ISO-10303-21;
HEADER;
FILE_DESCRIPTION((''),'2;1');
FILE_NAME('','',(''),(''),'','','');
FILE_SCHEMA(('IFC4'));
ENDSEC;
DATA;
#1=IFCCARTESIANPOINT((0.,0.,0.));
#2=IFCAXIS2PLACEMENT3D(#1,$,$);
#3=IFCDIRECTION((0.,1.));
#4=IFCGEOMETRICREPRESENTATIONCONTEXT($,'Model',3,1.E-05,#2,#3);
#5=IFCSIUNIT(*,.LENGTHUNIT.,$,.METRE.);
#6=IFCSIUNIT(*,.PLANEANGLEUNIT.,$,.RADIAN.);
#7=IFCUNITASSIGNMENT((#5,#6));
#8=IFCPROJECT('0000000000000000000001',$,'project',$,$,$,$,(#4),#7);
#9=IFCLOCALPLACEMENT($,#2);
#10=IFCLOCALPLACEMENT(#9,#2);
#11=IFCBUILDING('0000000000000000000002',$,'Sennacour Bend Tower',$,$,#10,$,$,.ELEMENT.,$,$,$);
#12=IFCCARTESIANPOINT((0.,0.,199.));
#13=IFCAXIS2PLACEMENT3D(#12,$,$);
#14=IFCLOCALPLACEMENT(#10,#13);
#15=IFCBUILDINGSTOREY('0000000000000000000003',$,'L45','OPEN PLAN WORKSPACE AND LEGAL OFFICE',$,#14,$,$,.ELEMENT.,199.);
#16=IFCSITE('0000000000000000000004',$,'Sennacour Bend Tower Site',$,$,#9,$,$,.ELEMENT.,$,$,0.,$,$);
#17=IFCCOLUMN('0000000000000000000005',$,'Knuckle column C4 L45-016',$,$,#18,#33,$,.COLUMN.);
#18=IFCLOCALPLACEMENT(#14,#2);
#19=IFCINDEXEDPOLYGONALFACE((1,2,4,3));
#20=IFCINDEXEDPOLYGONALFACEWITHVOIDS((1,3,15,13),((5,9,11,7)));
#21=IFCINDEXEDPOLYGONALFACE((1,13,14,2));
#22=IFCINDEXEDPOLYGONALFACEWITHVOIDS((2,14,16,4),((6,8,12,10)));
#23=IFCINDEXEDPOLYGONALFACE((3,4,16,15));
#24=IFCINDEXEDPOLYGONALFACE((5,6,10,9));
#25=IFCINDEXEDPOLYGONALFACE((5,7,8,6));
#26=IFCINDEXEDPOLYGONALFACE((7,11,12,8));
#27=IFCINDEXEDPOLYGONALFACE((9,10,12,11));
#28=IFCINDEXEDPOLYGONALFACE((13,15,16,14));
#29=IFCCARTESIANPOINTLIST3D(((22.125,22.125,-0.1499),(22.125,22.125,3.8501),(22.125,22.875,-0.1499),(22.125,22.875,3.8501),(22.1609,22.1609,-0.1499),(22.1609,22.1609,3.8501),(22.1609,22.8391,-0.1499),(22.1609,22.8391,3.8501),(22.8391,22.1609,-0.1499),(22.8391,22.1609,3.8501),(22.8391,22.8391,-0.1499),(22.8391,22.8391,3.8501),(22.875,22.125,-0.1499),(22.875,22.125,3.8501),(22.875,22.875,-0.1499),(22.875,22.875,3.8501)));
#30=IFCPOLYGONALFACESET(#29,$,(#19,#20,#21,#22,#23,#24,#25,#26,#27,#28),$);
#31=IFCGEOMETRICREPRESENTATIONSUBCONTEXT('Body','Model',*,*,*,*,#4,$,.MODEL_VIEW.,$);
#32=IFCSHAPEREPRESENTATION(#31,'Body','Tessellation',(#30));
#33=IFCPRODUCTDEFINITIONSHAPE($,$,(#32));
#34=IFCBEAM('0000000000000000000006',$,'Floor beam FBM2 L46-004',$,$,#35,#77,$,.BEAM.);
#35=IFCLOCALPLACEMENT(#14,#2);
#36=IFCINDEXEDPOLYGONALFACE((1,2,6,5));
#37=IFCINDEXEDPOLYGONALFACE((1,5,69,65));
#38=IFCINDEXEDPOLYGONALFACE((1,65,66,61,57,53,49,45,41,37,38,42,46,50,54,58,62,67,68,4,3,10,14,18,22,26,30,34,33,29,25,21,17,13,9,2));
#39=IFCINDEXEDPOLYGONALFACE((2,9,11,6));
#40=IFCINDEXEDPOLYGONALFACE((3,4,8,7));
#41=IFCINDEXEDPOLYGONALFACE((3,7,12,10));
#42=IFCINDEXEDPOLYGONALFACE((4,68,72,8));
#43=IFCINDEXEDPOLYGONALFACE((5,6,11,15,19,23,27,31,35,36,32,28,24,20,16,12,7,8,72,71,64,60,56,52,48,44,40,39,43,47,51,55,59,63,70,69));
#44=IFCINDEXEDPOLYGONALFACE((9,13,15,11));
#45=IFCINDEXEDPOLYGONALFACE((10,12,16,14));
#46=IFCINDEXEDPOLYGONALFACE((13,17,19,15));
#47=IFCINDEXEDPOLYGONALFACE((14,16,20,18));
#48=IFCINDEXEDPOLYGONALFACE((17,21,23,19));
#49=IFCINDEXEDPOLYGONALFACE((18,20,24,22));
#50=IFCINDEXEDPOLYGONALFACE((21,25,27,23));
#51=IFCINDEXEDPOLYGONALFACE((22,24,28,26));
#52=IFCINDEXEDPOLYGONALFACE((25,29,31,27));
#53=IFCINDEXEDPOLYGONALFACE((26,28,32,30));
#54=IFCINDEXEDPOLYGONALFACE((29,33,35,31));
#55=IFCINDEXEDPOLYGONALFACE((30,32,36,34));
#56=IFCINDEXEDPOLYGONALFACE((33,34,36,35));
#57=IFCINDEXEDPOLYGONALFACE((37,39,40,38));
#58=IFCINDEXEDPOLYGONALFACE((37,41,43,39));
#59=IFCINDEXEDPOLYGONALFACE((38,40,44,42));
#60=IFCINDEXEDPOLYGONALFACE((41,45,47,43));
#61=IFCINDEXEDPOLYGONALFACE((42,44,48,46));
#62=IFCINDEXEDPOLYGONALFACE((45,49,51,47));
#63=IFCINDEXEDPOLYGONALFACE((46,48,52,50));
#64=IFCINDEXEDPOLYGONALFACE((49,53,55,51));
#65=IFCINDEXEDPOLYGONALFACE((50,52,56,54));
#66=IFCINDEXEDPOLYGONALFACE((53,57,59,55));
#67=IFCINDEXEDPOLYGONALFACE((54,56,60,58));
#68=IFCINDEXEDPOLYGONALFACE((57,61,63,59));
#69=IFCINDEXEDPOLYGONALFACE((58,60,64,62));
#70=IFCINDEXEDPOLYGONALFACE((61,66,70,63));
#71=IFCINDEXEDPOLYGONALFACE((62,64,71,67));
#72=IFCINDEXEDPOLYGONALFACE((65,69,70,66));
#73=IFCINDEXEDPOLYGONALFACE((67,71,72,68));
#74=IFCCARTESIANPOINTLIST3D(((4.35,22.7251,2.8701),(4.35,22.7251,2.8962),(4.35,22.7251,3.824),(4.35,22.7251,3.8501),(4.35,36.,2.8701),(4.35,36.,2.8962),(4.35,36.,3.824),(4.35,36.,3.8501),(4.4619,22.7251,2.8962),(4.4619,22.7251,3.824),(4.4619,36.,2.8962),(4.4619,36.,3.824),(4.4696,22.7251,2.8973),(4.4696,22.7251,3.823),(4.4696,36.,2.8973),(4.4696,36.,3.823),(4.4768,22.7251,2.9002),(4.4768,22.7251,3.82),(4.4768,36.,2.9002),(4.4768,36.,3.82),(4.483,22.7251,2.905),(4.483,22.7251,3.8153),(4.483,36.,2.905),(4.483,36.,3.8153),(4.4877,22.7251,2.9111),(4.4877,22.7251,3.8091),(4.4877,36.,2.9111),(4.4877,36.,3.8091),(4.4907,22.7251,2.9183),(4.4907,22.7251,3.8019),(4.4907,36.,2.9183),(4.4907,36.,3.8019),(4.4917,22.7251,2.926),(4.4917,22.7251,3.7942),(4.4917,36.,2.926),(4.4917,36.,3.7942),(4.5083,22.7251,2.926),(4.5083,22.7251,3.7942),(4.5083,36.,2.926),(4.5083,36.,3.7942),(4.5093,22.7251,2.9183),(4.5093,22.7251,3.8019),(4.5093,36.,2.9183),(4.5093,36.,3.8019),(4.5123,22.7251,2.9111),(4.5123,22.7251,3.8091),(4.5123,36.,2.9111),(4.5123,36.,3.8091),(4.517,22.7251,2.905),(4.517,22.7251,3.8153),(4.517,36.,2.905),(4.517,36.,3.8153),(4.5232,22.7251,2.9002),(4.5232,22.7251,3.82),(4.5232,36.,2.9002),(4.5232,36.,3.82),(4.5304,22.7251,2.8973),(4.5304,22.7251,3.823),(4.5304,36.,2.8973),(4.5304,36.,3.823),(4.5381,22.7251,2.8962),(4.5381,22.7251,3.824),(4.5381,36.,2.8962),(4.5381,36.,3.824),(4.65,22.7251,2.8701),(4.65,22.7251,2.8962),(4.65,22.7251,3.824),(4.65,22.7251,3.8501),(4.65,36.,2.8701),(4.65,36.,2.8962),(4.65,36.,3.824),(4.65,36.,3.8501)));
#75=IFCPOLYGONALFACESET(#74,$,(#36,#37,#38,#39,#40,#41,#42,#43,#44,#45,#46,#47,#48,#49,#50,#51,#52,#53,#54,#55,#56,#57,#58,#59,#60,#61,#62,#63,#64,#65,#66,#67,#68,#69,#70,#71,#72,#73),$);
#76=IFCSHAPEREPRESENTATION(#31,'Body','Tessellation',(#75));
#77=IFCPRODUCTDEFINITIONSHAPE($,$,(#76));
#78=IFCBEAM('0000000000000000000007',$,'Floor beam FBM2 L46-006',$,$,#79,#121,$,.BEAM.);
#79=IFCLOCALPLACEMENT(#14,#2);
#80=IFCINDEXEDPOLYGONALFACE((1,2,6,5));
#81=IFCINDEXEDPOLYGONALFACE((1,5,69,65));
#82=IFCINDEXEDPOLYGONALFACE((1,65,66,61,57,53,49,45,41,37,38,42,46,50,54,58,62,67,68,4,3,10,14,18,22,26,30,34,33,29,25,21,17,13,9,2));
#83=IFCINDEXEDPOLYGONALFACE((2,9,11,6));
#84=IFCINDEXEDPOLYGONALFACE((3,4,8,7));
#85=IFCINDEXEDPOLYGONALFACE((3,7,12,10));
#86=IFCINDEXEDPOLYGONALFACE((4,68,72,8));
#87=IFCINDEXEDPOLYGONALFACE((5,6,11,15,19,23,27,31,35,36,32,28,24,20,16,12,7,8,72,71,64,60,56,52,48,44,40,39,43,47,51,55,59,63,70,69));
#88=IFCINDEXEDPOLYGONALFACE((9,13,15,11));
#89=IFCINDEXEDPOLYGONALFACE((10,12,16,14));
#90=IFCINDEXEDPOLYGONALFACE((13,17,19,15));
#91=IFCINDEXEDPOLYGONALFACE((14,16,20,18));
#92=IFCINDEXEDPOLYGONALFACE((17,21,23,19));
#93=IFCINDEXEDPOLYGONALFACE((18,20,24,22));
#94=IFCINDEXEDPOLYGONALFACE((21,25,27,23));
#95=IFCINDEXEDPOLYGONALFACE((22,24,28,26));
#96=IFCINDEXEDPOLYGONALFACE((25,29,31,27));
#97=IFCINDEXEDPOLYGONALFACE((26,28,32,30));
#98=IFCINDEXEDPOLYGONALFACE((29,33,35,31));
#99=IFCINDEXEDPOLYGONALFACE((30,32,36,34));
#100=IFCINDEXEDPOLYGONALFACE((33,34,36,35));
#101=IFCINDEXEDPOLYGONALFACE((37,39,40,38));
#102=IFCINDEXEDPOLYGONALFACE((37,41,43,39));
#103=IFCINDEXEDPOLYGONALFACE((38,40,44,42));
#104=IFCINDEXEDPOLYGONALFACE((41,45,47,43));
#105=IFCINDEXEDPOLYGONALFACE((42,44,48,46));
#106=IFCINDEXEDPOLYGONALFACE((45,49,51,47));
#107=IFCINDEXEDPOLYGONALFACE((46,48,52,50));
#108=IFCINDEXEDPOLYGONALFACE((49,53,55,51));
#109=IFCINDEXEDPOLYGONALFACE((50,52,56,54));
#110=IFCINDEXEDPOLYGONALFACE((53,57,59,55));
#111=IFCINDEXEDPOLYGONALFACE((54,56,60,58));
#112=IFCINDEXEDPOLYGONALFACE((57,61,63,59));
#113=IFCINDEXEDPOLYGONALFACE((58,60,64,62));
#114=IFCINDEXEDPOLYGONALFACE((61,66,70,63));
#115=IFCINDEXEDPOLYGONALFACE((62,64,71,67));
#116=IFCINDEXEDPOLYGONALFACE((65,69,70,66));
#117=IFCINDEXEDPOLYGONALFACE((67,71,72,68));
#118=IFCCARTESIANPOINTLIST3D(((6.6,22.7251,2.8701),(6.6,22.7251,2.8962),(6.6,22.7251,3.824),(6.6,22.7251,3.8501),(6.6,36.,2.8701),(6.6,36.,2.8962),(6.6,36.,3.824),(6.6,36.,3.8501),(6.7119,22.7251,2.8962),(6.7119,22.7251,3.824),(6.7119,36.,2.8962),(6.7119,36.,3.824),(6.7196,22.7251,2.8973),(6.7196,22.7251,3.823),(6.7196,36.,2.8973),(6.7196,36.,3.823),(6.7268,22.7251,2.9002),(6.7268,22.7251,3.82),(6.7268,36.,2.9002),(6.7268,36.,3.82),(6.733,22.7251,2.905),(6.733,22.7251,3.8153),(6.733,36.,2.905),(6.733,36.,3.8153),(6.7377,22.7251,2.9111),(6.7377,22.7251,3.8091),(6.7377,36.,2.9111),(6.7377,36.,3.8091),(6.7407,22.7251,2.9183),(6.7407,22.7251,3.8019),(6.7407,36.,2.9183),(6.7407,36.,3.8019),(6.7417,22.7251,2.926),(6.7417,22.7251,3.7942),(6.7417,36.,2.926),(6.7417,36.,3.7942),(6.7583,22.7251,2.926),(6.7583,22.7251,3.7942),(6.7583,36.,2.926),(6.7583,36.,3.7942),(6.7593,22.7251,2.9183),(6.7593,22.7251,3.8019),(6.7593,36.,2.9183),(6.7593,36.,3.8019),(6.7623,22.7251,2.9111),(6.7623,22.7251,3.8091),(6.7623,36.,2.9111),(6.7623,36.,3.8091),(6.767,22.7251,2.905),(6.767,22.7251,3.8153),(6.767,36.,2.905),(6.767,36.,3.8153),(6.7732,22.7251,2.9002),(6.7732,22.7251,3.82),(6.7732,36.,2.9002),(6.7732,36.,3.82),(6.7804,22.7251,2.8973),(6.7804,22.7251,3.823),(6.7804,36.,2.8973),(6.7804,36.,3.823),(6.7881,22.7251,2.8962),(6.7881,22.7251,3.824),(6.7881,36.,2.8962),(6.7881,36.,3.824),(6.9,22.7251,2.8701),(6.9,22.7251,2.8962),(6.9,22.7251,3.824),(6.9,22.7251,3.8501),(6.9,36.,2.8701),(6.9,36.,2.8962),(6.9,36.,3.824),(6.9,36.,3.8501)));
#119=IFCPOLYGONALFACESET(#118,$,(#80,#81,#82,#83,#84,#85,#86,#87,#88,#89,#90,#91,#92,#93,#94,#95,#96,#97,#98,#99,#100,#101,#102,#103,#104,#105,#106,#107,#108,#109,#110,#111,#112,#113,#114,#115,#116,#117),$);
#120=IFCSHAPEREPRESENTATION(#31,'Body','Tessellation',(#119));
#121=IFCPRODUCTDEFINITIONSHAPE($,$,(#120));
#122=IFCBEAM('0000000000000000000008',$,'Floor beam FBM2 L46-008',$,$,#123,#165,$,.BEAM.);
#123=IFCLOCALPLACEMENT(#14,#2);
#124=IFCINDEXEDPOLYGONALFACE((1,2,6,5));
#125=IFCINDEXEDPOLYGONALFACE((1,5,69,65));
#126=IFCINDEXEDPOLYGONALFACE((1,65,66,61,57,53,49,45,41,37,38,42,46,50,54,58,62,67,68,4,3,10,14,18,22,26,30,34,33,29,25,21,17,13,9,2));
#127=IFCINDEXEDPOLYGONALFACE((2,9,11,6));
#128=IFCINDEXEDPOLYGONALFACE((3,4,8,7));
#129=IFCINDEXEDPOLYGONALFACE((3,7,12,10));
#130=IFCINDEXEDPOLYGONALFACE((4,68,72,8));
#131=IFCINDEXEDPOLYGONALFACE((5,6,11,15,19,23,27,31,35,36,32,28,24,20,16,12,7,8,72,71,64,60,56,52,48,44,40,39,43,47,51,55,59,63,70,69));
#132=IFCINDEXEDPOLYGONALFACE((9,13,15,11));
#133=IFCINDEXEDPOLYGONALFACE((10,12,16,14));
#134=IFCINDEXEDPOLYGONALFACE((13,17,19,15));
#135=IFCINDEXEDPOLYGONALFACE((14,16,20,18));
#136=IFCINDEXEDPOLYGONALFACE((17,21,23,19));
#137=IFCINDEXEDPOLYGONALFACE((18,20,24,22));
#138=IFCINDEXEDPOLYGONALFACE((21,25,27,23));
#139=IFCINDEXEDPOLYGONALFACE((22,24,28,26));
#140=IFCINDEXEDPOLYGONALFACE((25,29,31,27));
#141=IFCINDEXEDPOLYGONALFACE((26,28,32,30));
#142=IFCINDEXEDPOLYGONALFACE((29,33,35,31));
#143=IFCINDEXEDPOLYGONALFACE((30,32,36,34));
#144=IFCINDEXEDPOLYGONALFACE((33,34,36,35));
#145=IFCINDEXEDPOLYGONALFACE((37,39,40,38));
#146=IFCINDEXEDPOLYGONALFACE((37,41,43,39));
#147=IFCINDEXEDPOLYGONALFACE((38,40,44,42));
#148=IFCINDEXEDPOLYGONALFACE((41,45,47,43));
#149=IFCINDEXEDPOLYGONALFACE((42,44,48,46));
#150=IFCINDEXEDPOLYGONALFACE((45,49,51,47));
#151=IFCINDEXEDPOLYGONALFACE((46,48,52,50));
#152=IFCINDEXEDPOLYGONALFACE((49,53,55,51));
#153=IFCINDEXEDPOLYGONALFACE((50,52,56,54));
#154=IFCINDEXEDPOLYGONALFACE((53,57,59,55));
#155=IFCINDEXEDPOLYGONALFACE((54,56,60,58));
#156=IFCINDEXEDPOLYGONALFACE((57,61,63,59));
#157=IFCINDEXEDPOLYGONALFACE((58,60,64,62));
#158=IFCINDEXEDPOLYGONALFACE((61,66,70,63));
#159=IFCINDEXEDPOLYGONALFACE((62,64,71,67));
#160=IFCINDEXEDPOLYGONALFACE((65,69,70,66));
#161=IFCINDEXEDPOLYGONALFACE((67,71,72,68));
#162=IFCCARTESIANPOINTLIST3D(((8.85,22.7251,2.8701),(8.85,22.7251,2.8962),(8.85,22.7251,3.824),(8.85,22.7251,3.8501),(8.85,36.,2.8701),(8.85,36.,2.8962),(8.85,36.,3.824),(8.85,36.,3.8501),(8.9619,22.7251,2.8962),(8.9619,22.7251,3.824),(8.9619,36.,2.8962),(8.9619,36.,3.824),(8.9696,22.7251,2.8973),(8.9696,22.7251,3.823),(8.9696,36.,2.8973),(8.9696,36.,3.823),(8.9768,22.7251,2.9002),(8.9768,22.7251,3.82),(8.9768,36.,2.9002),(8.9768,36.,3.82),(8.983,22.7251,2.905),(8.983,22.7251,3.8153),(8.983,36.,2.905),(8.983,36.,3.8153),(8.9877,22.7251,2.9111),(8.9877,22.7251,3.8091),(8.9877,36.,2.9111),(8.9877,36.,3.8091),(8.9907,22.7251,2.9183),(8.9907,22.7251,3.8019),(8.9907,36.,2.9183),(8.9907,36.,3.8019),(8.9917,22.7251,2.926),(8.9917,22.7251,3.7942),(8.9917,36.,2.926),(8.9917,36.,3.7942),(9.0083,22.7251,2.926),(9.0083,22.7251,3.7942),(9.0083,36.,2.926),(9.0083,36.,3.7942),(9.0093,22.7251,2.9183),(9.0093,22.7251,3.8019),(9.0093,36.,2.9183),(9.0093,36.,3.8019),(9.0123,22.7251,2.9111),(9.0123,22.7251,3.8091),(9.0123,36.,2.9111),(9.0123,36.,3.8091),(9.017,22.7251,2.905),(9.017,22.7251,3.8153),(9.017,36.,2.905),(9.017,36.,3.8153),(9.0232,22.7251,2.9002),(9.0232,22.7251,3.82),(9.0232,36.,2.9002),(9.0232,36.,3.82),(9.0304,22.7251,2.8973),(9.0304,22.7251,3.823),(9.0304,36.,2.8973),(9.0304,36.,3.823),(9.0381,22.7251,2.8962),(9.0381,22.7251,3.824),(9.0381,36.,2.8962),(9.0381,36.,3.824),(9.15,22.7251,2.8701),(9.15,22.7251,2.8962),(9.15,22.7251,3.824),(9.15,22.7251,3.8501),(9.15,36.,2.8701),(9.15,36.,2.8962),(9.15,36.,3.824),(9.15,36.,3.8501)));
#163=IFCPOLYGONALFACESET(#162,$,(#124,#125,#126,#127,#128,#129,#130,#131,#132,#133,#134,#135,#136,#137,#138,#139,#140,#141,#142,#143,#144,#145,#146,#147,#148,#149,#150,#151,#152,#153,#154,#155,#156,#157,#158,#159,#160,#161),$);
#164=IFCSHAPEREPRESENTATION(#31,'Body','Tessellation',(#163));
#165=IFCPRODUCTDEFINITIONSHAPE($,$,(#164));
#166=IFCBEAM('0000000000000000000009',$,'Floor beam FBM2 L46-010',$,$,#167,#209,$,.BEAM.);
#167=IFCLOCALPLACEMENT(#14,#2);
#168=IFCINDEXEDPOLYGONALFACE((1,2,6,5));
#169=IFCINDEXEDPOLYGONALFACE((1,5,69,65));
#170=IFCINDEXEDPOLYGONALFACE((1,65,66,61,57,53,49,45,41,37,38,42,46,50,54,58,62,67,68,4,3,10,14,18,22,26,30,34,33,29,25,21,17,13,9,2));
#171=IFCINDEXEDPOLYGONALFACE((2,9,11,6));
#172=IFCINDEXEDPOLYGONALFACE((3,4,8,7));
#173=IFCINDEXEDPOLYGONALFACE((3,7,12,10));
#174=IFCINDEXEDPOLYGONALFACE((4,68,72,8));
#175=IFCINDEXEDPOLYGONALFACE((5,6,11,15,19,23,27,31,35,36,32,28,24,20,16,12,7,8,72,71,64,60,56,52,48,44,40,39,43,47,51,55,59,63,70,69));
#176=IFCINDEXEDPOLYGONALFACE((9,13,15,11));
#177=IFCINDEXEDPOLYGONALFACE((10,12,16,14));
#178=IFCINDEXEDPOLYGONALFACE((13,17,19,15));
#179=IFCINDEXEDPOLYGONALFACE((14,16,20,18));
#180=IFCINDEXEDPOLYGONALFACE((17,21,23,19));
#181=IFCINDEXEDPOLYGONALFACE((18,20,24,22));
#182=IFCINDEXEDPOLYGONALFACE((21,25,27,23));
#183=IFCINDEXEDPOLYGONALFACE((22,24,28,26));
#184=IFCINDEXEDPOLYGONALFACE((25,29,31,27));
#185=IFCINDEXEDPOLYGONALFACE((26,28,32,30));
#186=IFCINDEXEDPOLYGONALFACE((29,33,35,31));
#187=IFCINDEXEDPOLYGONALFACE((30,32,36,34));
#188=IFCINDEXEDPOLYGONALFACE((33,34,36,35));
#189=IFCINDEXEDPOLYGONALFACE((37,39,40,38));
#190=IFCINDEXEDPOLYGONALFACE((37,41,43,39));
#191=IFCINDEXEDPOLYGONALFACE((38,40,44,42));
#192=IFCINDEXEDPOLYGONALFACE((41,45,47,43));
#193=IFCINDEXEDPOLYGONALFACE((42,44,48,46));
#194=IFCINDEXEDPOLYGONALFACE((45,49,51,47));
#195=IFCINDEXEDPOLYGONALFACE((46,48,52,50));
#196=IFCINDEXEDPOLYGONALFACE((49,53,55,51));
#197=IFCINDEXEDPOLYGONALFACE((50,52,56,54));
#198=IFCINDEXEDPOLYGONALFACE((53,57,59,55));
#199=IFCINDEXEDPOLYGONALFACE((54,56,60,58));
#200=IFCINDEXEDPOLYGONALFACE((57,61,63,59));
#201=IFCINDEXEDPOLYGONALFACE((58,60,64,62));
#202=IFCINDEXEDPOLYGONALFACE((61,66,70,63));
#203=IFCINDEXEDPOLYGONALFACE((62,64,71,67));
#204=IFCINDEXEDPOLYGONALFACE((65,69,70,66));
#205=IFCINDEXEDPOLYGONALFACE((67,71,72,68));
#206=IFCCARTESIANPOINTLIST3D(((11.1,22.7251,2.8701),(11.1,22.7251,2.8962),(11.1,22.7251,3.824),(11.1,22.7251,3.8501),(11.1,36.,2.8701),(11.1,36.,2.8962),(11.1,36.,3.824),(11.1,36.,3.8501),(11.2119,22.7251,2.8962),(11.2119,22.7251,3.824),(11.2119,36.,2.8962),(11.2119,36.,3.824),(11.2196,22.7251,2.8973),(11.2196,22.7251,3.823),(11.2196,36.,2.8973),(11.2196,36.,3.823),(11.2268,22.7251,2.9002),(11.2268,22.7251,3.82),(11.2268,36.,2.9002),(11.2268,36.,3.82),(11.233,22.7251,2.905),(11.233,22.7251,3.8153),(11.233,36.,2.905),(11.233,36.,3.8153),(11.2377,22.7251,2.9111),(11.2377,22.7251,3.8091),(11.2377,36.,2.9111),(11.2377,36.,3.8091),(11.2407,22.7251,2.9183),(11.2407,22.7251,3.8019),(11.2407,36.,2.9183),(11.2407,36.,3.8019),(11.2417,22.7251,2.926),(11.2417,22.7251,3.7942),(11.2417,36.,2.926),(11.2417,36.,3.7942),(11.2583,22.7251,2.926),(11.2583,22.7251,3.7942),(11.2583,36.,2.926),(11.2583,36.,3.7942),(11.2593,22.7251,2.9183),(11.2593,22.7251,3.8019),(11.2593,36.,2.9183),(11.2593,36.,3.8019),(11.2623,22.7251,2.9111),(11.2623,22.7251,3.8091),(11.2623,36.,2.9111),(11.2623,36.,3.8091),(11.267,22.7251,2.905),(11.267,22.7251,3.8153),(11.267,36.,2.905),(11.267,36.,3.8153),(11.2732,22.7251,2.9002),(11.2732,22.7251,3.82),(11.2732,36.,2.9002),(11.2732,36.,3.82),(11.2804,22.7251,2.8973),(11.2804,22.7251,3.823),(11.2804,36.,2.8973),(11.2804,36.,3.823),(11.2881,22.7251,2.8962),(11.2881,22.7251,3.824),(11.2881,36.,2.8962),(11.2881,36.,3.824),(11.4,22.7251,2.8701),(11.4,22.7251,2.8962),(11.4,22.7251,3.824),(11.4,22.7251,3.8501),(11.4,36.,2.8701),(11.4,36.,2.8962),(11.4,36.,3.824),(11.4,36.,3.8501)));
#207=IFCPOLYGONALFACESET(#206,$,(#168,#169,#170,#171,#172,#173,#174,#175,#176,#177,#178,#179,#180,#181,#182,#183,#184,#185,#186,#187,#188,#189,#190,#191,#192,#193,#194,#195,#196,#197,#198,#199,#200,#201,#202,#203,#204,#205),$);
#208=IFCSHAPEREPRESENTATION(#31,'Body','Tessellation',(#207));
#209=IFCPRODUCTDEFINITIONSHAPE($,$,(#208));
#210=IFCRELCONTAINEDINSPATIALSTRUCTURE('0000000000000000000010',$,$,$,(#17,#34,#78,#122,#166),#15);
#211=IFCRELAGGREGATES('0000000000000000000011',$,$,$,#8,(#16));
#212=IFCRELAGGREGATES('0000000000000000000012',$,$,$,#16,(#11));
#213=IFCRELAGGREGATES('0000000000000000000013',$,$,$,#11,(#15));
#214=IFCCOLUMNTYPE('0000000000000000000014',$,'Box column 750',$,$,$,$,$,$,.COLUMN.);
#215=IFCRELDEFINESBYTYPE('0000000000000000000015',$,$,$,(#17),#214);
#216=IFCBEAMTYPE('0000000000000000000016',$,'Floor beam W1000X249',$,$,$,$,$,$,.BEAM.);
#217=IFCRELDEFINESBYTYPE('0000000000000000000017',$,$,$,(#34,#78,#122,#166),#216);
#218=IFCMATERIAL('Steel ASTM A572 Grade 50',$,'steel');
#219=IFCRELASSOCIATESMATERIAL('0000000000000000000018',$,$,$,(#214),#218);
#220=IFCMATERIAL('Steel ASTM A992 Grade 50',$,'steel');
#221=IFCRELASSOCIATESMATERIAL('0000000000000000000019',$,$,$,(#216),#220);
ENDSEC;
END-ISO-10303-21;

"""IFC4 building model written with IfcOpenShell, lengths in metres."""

from ifc_helpers import new_model, si_unit, direction, frame, origin, origin_2d, place, context, subcontext, project, spatial, hollow_rectangle, i_section, extrude, material, material_profile, profile_set, type_object, element, save


model = new_model("IFC4")

# Units and contexts
model_context = context("Model", 3, precision=1e-05, world=origin(), true_north=direction((0.0, 1.0)))
body_context = subcontext(model_context, "Body", "Model", "MODEL_VIEW")
ifc_project = project(units=[si_unit("LENGTHUNIT", "METRE"), si_unit("PLANEANGLEUNIT", "RADIAN")], contexts=[model_context])

# Site, building, storey
site_placement = place(None, origin())
site = spatial("IfcSite", under=ifc_project, at=site_placement, Name="Sennacour Bend Tower Site", CompositionType="ELEMENT", RefElevation=0.0)
building_placement = place(site_placement, origin())
building = spatial("IfcBuilding", under=site, at=building_placement, Name="Sennacour Bend Tower", CompositionType="ELEMENT")
storey_placement = place(building_placement, frame((0.0, 0.0, 199.0)))
storey = spatial("IfcBuildingStorey", under=building, at=storey_placement, Name="L45", Description="OPEN PLAN WORKSPACE AND LEGAL OFFICE", CompositionType="ELEMENT", Elevation=199.0)

# Column
ifc_material_1 = material(Name="Steel ASTM A572 Grade 50", Category="steel")
ifc_material_profile_1 = material_profile(ifc_material_1, hollow_rectangle(XDim=0.75, YDim=0.75, WallThickness=0.0359, at=origin_2d()), Name="Steel ASTM A572 Grade 50", Category="steel")
ifc_profile_set_1 = profile_set([ifc_material_profile_1], Name="Steel ASTM A572 Grade 50")
column_type = type_object("IfcColumnType", Name="Box column 750", PredefinedType="COLUMN", material=ifc_profile_set_1)
column_placement = place(storey_placement, frame((22.5, 22.5, -0.1499), z_axis=(0.0, 0.0, 1.0), x_axis=(1.0, 0.0, 0.0)))
element("IfcColumn", 1, at=column_placement, inside=storey, type_object=column_type, Name="Knuckle column C4 L45-016", PredefinedType="COLUMN", context=body_context, shape_type="SweptSolid", body=[
    extrude(hollow_rectangle(XDim=0.75, YDim=0.75, WallThickness=0.0359, at=origin_2d()), origin(), (0.0, 0.0, 1.0), 4.0),
])

# Beams
ifc_material_2 = material(Name="Steel ASTM A992 Grade 50", Category="steel")
ifc_material_profile_2 = material_profile(ifc_material_2, i_section(OverallWidth=0.3, OverallDepth=0.98, WebThickness=0.0166, FlangeThickness=0.0261, FilletRadius=0.0298, at=origin_2d()), Name="Steel ASTM A992 Grade 50", Category="steel")
ifc_profile_set_2 = profile_set([ifc_material_profile_2], Name="Steel ASTM A992 Grade 50")
beam_type_1 = type_object("IfcBeamType", Name="Floor beam W1000X249", PredefinedType="BEAM", material=ifc_profile_set_2)
for number, where, z_axis, x_axis, name in (
    (2, (4.5, 22.7251, 3.3601), (0.0, 1.0, 0.0), (-1.0, 0.0, 0.0), "Floor beam FBM2 L46-004"),
    (3, (6.75, 22.7251, 3.3601), (0.0, 1.0, 0.0), (-1.0, 0.0, 0.0), "Floor beam FBM2 L46-006"),
    (4, (9.0, 22.7251, 3.3601), (0.0, 1.0, 0.0), (-1.0, 0.0, 0.0), "Floor beam FBM2 L46-008"),
    (5, (11.25, 22.7251, 3.3601), (0.0, 1.0, 0.0), (-1.0, 0.0, 0.0), "Floor beam FBM2 L46-010"),
):
    element("IfcBeam", number, at=place(storey_placement, frame(where, z_axis=z_axis, x_axis=x_axis)), inside=storey, type_object=beam_type_1, Name=name, PredefinedType="BEAM", context=body_context, shape_type="SweptSolid", body=[
        extrude(i_section(OverallWidth=0.3, OverallDepth=0.98, WebThickness=0.0166, FlangeThickness=0.0261, FilletRadius=0.0298, at=origin_2d()), origin(), (0.0, 0.0, 1.0), 13.2749),
    ])

save(model, "model.ifc")
